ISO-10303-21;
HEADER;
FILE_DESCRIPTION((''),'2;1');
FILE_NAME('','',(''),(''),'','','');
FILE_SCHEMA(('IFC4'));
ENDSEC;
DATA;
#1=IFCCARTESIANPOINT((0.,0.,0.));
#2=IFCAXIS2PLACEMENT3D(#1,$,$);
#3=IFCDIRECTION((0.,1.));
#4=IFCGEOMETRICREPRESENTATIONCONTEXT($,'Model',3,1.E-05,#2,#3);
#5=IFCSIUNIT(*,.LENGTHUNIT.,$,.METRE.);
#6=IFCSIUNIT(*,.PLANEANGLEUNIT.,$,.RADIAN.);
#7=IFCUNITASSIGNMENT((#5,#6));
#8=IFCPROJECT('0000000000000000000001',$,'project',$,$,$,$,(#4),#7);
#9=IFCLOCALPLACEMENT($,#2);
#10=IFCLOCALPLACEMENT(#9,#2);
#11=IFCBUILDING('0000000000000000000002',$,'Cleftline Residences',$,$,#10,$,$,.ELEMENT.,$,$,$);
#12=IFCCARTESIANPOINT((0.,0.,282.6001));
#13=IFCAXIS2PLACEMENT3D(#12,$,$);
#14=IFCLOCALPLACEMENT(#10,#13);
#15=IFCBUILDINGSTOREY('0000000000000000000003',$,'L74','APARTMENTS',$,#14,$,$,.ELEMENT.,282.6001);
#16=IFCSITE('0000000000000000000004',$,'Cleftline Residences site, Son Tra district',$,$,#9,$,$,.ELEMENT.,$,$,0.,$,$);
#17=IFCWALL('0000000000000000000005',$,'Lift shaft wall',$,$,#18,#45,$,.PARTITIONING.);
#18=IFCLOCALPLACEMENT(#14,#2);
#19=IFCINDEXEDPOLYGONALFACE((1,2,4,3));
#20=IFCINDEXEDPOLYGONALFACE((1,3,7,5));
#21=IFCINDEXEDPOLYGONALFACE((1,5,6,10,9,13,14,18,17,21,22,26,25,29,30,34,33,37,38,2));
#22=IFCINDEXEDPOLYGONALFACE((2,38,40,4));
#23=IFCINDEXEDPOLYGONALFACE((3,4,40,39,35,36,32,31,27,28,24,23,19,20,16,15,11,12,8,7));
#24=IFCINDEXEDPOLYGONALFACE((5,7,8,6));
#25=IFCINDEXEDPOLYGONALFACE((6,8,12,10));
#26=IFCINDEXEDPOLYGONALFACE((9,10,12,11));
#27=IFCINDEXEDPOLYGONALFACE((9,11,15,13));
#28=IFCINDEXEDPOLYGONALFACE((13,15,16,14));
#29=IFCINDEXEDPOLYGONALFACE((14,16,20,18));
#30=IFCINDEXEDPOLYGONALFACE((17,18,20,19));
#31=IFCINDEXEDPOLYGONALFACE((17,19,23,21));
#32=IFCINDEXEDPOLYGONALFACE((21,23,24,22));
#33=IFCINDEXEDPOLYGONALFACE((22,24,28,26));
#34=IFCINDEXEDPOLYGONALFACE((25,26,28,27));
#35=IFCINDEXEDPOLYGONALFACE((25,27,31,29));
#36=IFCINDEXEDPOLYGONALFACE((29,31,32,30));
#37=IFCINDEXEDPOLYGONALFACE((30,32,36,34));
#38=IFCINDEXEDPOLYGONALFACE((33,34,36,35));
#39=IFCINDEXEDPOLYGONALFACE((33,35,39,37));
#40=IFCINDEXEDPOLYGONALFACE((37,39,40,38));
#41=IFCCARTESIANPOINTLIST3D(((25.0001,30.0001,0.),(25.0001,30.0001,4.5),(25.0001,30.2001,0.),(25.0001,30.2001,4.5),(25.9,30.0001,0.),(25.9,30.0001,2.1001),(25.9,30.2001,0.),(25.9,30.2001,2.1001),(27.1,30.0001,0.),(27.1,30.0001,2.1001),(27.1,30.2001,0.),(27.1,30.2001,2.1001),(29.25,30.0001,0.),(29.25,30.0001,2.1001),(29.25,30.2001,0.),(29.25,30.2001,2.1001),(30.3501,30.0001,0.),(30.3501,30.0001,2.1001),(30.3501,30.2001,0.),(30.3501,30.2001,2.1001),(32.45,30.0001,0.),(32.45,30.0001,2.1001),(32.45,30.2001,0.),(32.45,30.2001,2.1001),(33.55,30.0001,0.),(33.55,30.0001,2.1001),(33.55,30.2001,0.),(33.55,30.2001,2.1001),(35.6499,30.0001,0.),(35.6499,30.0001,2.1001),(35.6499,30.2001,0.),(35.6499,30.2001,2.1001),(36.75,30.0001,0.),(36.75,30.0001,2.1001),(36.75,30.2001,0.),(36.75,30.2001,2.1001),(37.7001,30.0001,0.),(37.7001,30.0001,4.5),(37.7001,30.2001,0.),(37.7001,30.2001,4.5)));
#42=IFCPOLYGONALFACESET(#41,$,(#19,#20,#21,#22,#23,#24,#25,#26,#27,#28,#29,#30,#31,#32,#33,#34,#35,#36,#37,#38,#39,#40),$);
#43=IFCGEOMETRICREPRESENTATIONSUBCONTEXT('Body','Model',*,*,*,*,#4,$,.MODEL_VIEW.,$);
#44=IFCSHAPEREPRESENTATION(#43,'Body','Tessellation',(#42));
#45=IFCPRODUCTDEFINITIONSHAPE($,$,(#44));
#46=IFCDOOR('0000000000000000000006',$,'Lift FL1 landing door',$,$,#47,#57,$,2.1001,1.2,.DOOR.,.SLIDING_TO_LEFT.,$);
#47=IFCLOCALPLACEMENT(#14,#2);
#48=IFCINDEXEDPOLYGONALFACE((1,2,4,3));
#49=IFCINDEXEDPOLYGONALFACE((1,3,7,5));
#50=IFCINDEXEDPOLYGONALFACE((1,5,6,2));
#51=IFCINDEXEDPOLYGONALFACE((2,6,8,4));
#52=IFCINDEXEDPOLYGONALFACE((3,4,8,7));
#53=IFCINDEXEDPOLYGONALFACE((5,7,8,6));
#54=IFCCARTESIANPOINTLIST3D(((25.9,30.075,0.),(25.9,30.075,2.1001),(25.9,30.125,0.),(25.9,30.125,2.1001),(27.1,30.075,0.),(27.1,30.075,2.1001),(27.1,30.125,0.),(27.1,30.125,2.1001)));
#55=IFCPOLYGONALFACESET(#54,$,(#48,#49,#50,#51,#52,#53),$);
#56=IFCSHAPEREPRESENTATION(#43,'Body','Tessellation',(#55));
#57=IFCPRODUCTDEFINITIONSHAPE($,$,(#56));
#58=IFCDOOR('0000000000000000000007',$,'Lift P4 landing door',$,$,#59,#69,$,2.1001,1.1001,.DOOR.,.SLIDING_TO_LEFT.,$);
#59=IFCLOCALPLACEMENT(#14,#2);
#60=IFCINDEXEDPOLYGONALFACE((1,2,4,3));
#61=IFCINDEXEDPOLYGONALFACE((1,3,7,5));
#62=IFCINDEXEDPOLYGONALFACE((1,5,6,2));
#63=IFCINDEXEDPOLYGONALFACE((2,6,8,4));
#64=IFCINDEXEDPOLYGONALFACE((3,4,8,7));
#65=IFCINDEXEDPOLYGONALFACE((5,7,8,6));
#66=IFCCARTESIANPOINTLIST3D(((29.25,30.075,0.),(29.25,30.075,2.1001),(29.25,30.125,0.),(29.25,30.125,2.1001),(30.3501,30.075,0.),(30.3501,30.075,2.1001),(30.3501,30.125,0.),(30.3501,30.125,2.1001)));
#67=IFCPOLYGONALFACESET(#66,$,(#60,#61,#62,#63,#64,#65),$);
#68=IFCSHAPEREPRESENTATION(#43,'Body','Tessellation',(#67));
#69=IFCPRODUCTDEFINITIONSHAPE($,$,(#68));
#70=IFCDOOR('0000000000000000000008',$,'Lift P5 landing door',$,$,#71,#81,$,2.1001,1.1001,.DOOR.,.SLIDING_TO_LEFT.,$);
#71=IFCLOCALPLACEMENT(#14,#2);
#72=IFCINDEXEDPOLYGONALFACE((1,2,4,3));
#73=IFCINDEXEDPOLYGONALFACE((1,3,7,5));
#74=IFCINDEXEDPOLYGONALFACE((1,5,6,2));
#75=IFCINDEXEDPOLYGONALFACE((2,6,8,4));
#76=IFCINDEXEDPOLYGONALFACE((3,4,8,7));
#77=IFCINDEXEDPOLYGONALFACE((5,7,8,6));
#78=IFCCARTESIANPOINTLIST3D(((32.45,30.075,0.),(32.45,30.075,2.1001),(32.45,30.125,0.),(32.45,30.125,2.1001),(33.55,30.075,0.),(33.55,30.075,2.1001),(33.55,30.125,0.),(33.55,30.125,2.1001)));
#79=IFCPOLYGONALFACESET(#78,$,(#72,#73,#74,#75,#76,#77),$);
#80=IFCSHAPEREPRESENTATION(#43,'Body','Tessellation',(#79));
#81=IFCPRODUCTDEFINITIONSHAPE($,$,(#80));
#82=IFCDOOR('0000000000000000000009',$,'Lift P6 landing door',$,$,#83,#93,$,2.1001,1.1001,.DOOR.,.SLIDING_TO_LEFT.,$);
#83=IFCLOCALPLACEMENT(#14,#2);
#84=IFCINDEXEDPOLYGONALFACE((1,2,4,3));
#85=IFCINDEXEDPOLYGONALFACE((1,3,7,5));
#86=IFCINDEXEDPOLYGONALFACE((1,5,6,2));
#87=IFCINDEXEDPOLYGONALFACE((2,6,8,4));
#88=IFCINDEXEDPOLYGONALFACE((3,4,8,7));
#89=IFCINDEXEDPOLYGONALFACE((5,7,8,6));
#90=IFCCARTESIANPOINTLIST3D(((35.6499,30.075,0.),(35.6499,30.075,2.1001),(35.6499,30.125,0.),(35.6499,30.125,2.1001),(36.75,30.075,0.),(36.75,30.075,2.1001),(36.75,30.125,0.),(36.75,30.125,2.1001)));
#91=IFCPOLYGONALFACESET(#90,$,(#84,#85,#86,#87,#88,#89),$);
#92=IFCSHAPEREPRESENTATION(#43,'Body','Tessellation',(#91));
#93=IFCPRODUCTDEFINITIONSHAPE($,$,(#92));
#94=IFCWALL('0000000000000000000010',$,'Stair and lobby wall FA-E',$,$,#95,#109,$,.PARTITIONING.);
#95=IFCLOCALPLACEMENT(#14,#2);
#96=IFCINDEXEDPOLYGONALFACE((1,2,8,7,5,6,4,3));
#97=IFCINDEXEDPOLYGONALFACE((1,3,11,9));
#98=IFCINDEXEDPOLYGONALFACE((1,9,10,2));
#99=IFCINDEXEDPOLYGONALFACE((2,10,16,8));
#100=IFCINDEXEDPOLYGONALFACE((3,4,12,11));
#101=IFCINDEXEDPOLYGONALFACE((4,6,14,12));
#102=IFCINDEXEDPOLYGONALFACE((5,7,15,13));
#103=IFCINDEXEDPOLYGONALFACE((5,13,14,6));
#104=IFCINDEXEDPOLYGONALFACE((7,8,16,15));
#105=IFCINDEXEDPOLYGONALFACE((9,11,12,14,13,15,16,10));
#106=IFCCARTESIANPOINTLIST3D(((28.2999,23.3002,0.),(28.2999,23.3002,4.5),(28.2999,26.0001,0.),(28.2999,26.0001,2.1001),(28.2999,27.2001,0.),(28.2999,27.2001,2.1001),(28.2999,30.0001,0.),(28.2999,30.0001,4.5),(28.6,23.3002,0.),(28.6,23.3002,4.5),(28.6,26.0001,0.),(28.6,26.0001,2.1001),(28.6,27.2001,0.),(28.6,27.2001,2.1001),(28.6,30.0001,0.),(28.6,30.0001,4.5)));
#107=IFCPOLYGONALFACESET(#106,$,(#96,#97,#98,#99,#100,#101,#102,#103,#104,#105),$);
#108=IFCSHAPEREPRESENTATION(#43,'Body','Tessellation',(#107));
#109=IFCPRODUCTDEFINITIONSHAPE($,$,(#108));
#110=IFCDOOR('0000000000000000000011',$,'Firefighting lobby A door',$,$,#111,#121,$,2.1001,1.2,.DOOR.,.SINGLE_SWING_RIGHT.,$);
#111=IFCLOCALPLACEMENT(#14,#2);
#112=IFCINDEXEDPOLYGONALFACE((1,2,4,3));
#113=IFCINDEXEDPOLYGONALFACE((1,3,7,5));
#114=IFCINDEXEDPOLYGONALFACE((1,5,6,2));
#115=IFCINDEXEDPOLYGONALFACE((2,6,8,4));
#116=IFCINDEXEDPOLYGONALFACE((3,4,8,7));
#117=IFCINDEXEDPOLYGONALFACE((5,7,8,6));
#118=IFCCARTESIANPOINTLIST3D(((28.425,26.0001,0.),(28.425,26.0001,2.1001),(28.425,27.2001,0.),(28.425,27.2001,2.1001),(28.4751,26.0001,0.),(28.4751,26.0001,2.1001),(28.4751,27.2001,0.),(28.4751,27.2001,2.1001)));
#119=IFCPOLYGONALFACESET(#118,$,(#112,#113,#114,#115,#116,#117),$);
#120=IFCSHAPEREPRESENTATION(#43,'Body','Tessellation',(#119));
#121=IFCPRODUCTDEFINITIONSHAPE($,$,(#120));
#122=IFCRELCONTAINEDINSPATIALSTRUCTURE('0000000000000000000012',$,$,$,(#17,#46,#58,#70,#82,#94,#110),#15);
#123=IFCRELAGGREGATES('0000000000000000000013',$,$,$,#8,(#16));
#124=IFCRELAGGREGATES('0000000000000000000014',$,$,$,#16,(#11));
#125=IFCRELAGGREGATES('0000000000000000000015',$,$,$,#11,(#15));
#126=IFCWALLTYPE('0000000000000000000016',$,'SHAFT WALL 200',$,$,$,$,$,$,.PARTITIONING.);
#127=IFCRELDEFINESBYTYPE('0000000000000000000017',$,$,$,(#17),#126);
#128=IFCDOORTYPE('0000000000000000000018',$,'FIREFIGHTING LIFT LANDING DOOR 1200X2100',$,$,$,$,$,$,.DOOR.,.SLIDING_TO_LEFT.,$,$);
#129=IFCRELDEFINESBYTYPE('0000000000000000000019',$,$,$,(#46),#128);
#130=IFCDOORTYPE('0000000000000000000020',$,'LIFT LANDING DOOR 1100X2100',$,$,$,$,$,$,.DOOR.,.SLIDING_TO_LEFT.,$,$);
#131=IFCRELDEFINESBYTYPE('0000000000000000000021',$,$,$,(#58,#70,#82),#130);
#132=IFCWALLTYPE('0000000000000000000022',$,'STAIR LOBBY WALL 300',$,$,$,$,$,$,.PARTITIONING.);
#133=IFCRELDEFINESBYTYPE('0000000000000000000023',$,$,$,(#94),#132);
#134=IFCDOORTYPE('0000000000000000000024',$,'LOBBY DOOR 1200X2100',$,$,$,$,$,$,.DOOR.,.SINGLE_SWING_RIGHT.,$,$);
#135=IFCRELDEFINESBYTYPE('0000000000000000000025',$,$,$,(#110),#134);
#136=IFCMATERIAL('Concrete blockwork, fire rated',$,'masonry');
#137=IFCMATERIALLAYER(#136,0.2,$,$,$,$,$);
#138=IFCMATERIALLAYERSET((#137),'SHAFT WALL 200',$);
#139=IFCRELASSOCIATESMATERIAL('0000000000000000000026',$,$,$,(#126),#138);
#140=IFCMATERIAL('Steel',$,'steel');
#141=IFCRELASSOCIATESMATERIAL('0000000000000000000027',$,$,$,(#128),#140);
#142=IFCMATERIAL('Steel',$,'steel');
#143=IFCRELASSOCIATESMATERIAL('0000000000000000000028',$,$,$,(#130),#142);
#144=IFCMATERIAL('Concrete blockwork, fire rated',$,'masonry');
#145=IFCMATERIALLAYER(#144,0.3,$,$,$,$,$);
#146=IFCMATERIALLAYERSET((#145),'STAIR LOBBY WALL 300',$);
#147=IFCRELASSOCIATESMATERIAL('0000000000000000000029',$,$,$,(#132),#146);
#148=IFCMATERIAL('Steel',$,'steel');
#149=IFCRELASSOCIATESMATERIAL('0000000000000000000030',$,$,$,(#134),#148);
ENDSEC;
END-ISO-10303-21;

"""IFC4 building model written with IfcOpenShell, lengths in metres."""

from ifc_helpers import new_model, si_unit, direction, frame, frame_2d, origin, place, context, subcontext, project, spatial, rectangle, extrude, material, layer, layer_set, type_object, element, fill, save


model = new_model("IFC4")

# Units and contexts
model_context = context("Model", 3, precision=1e-05, world=origin(), true_north=direction((0.0, 1.0)))
body_context = subcontext(model_context, "Body", "Model", "MODEL_VIEW")
ifc_project = project(units=[si_unit("LENGTHUNIT", "METRE"), si_unit("PLANEANGLEUNIT", "RADIAN")], contexts=[model_context])

# Site, building, storey
site_placement = place(None, origin())
site = spatial("IfcSite", under=ifc_project, at=site_placement, Name="Cleftline Residences site, Son Tra district", CompositionType="ELEMENT", RefElevation=0.0)
building_placement = place(site_placement, origin())
building = spatial("IfcBuilding", under=site, at=building_placement, Name="Cleftline Residences", CompositionType="ELEMENT")
storey_placement = place(building_placement, frame((0.0, 0.0, 282.6001)))
storey = spatial("IfcBuildingStorey", under=building, at=storey_placement, Name="L74", Description="APARTMENTS", CompositionType="ELEMENT", Elevation=282.6001)

# Wall, openings, doors
ifc_material_1 = material(Name="Concrete blockwork, fire rated", Category="masonry")
ifc_layer_1 = layer(ifc_material_1, 0.2)
ifc_layer_set_1 = layer_set([ifc_layer_1], Name="SHAFT WALL 200")
wall_type_1 = type_object("IfcWallType", Name="SHAFT WALL 200", PredefinedType="PARTITIONING", material=ifc_layer_set_1)
wall_1_placement = place(storey_placement, frame((25.0, 30.1001, 0.0), z_axis=(0.0, 0.0, 1.0), x_axis=(1.0, 0.0, 0.0)))
wall_1 = element("IfcWall", 1, at=wall_1_placement, inside=storey, type_object=wall_type_1, Name="Lift shaft wall", PredefinedType="PARTITIONING", context=body_context, shape_type="SweptSolid", body=[
    extrude(rectangle(XDim=12.7, YDim=0.2, at=frame_2d((6.3501, 0.0))), origin(), (0.0, 0.0, 1.0), 4.5),
])
opening_1_placement = place(wall_1_placement, frame((4.25, 0.0, 0.0)))
opening_1 = element("IfcOpeningElement", 2, at=opening_1_placement, cuts=wall_1, PredefinedType="OPENING", context=body_context, shape_type="SweptSolid", body=[
    extrude(rectangle(XDim=1.1001, YDim=2.1001, at=frame_2d((0.55, 1.05))), frame((0.0, 0.1099, 0.0), z_axis=(0.0, -1.0, 0.0), x_axis=(1.0, 0.0, 0.0)), (0.0, 0.0, 1.0), 0.22),
])
opening_2_placement = place(wall_1_placement, frame((7.45, 0.0, 0.0)))
opening_2 = element("IfcOpeningElement", 3, at=opening_2_placement, cuts=wall_1, PredefinedType="OPENING", context=body_context, shape_type="SweptSolid", body=[
    extrude(rectangle(XDim=1.1001, YDim=2.1001, at=frame_2d((0.55, 1.05))), frame((0.0, 0.1099, 0.0), z_axis=(0.0, -1.0, 0.0), x_axis=(1.0, 0.0, 0.0)), (0.0, 0.0, 1.0), 0.22),
])
opening_3_placement = place(wall_1_placement, frame((10.6499, 0.0, 0.0)))
opening_3 = element("IfcOpeningElement", 4, at=opening_3_placement, cuts=wall_1, PredefinedType="OPENING", context=body_context, shape_type="SweptSolid", body=[
    extrude(rectangle(XDim=1.1001, YDim=2.1001, at=frame_2d((0.55, 1.05))), frame((0.0, 0.1099, 0.0), z_axis=(0.0, -1.0, 0.0), x_axis=(1.0, 0.0, 0.0)), (0.0, 0.0, 1.0), 0.22),
])
opening_4_placement = place(wall_1_placement, frame((0.8999, 0.0, 0.0)))
opening_4 = element("IfcOpeningElement", 5, at=opening_4_placement, cuts=wall_1, PredefinedType="OPENING", context=body_context, shape_type="SweptSolid", body=[
    extrude(rectangle(XDim=1.2, YDim=2.1001, at=frame_2d((0.6001, 1.05))), frame((0.0, 0.1099, 0.0), z_axis=(0.0, -1.0, 0.0), x_axis=(1.0, 0.0, 0.0)), (0.0, 0.0, 1.0), 0.22),
])
ifc_material_2 = material(Name="Steel", Category="steel")
door_type_1 = type_object("IfcDoorType", Name="FIREFIGHTING LIFT LANDING DOOR 1200X2100", OperationType="SLIDING_TO_LEFT", PredefinedType="DOOR", material=ifc_material_2)
door_1_placement = place(opening_4_placement, origin())
door_1 = element("IfcDoor", 6, at=door_1_placement, inside=storey, type_object=door_type_1, Name="Lift FL1 landing door", OperationType="SLIDING_TO_LEFT", OverallHeight=2.1001, OverallWidth=1.2, PredefinedType="DOOR", context=body_context, shape_type="SweptSolid", body=[
    extrude(rectangle(XDim=1.2, YDim=2.1001, at=frame_2d((0.6001, 1.05))), frame((0.0, 0.0249, 0.0), z_axis=(0.0, -1.0, 0.0), x_axis=(1.0, 0.0, 0.0)), (0.0, 0.0, 1.0), 0.05),
])
fill(opening_4, door_1)
ifc_material_3 = material(Name="Steel", Category="steel")
door_type_2 = type_object("IfcDoorType", Name="LIFT LANDING DOOR 1100X2100", OperationType="SLIDING_TO_LEFT", PredefinedType="DOOR", material=ifc_material_3)
door_2_placement = place(opening_1_placement, origin())
door_2 = element("IfcDoor", 7, at=door_2_placement, inside=storey, type_object=door_type_2, Name="Lift P4 landing door", OperationType="SLIDING_TO_LEFT", OverallHeight=2.1001, OverallWidth=1.1001, PredefinedType="DOOR", context=body_context, shape_type="SweptSolid", body=[
    extrude(rectangle(XDim=1.1001, YDim=2.1001, at=frame_2d((0.55, 1.05))), frame((0.0, 0.0249, 0.0), z_axis=(0.0, -1.0, 0.0), x_axis=(1.0, 0.0, 0.0)), (0.0, 0.0, 1.0), 0.05),
])
fill(opening_1, door_2)
door_3_placement = place(opening_2_placement, origin())
door_3 = element("IfcDoor", 8, at=door_3_placement, inside=storey, type_object=door_type_2, Name="Lift P5 landing door", OperationType="SLIDING_TO_LEFT", OverallHeight=2.1001, OverallWidth=1.1001, PredefinedType="DOOR", context=body_context, shape_type="SweptSolid", body=[
    extrude(rectangle(XDim=1.1001, YDim=2.1001, at=frame_2d((0.55, 1.05))), frame((0.0, 0.0249, 0.0), z_axis=(0.0, -1.0, 0.0), x_axis=(1.0, 0.0, 0.0)), (0.0, 0.0, 1.0), 0.05),
])
fill(opening_2, door_3)
door_4_placement = place(opening_3_placement, origin())
door_4 = element("IfcDoor", 9, at=door_4_placement, inside=storey, type_object=door_type_2, Name="Lift P6 landing door", OperationType="SLIDING_TO_LEFT", OverallHeight=2.1001, OverallWidth=1.1001, PredefinedType="DOOR", context=body_context, shape_type="SweptSolid", body=[
    extrude(rectangle(XDim=1.1001, YDim=2.1001, at=frame_2d((0.55, 1.05))), frame((0.0, 0.0249, 0.0), z_axis=(0.0, -1.0, 0.0), x_axis=(1.0, 0.0, 0.0)), (0.0, 0.0, 1.0), 0.05),
])
fill(opening_3, door_4)

# Wall, opening, door
ifc_material_4 = material(Name="Concrete blockwork, fire rated", Category="masonry")
ifc_layer_2 = layer(ifc_material_4, 0.3)
ifc_layer_set_2 = layer_set([ifc_layer_2], Name="STAIR LOBBY WALL 300")
wall_type_2 = type_object("IfcWallType", Name="STAIR LOBBY WALL 300", PredefinedType="PARTITIONING", material=ifc_layer_set_2)
wall_2_placement = place(storey_placement, frame((28.45, 23.3, 0.0), z_axis=(0.0, 0.0, 1.0), x_axis=(0.0, 1.0, 0.0)))
wall_2 = element("IfcWall", 10, at=wall_2_placement, inside=storey, type_object=wall_type_2, Name="Stair and lobby wall FA-E", PredefinedType="PARTITIONING", context=body_context, shape_type="SweptSolid", body=[
    extrude(rectangle(XDim=6.7, YDim=0.3, at=frame_2d((3.3501, 0.0))), origin(), (0.0, 0.0, 1.0), 4.5),
])
opening_5_placement = place(wall_2_placement, frame((2.7, 0.0, 0.0)))
opening_5 = element("IfcOpeningElement", 11, at=opening_5_placement, cuts=wall_2, PredefinedType="OPENING", context=body_context, shape_type="SweptSolid", body=[
    extrude(rectangle(XDim=1.2, YDim=2.1001, at=frame_2d((0.6001, 1.05))), frame((0.0, 0.1599, 0.0), z_axis=(0.0, -1.0, 0.0), x_axis=(1.0, 0.0, 0.0)), (0.0, 0.0, 1.0), 0.3201),
])
ifc_material_5 = material(Name="Steel", Category="steel")
door_type_3 = type_object("IfcDoorType", Name="LOBBY DOOR 1200X2100", OperationType="SINGLE_SWING_RIGHT", PredefinedType="DOOR", material=ifc_material_5)
door_5_placement = place(opening_5_placement, origin())
door_5 = element("IfcDoor", 12, at=door_5_placement, inside=storey, type_object=door_type_3, Name="Firefighting lobby A door", OperationType="SINGLE_SWING_RIGHT", OverallHeight=2.1001, OverallWidth=1.2, PredefinedType="DOOR", context=body_context, shape_type="SweptSolid", body=[
    extrude(rectangle(XDim=1.2, YDim=2.1001, at=frame_2d((0.6001, 1.05))), frame((0.0, 0.0249, 0.0), z_axis=(0.0, -1.0, 0.0), x_axis=(1.0, 0.0, 0.0)), (0.0, 0.0, 1.0), 0.05),
])
fill(opening_5, door_5)

save(model, "model.ifc")
